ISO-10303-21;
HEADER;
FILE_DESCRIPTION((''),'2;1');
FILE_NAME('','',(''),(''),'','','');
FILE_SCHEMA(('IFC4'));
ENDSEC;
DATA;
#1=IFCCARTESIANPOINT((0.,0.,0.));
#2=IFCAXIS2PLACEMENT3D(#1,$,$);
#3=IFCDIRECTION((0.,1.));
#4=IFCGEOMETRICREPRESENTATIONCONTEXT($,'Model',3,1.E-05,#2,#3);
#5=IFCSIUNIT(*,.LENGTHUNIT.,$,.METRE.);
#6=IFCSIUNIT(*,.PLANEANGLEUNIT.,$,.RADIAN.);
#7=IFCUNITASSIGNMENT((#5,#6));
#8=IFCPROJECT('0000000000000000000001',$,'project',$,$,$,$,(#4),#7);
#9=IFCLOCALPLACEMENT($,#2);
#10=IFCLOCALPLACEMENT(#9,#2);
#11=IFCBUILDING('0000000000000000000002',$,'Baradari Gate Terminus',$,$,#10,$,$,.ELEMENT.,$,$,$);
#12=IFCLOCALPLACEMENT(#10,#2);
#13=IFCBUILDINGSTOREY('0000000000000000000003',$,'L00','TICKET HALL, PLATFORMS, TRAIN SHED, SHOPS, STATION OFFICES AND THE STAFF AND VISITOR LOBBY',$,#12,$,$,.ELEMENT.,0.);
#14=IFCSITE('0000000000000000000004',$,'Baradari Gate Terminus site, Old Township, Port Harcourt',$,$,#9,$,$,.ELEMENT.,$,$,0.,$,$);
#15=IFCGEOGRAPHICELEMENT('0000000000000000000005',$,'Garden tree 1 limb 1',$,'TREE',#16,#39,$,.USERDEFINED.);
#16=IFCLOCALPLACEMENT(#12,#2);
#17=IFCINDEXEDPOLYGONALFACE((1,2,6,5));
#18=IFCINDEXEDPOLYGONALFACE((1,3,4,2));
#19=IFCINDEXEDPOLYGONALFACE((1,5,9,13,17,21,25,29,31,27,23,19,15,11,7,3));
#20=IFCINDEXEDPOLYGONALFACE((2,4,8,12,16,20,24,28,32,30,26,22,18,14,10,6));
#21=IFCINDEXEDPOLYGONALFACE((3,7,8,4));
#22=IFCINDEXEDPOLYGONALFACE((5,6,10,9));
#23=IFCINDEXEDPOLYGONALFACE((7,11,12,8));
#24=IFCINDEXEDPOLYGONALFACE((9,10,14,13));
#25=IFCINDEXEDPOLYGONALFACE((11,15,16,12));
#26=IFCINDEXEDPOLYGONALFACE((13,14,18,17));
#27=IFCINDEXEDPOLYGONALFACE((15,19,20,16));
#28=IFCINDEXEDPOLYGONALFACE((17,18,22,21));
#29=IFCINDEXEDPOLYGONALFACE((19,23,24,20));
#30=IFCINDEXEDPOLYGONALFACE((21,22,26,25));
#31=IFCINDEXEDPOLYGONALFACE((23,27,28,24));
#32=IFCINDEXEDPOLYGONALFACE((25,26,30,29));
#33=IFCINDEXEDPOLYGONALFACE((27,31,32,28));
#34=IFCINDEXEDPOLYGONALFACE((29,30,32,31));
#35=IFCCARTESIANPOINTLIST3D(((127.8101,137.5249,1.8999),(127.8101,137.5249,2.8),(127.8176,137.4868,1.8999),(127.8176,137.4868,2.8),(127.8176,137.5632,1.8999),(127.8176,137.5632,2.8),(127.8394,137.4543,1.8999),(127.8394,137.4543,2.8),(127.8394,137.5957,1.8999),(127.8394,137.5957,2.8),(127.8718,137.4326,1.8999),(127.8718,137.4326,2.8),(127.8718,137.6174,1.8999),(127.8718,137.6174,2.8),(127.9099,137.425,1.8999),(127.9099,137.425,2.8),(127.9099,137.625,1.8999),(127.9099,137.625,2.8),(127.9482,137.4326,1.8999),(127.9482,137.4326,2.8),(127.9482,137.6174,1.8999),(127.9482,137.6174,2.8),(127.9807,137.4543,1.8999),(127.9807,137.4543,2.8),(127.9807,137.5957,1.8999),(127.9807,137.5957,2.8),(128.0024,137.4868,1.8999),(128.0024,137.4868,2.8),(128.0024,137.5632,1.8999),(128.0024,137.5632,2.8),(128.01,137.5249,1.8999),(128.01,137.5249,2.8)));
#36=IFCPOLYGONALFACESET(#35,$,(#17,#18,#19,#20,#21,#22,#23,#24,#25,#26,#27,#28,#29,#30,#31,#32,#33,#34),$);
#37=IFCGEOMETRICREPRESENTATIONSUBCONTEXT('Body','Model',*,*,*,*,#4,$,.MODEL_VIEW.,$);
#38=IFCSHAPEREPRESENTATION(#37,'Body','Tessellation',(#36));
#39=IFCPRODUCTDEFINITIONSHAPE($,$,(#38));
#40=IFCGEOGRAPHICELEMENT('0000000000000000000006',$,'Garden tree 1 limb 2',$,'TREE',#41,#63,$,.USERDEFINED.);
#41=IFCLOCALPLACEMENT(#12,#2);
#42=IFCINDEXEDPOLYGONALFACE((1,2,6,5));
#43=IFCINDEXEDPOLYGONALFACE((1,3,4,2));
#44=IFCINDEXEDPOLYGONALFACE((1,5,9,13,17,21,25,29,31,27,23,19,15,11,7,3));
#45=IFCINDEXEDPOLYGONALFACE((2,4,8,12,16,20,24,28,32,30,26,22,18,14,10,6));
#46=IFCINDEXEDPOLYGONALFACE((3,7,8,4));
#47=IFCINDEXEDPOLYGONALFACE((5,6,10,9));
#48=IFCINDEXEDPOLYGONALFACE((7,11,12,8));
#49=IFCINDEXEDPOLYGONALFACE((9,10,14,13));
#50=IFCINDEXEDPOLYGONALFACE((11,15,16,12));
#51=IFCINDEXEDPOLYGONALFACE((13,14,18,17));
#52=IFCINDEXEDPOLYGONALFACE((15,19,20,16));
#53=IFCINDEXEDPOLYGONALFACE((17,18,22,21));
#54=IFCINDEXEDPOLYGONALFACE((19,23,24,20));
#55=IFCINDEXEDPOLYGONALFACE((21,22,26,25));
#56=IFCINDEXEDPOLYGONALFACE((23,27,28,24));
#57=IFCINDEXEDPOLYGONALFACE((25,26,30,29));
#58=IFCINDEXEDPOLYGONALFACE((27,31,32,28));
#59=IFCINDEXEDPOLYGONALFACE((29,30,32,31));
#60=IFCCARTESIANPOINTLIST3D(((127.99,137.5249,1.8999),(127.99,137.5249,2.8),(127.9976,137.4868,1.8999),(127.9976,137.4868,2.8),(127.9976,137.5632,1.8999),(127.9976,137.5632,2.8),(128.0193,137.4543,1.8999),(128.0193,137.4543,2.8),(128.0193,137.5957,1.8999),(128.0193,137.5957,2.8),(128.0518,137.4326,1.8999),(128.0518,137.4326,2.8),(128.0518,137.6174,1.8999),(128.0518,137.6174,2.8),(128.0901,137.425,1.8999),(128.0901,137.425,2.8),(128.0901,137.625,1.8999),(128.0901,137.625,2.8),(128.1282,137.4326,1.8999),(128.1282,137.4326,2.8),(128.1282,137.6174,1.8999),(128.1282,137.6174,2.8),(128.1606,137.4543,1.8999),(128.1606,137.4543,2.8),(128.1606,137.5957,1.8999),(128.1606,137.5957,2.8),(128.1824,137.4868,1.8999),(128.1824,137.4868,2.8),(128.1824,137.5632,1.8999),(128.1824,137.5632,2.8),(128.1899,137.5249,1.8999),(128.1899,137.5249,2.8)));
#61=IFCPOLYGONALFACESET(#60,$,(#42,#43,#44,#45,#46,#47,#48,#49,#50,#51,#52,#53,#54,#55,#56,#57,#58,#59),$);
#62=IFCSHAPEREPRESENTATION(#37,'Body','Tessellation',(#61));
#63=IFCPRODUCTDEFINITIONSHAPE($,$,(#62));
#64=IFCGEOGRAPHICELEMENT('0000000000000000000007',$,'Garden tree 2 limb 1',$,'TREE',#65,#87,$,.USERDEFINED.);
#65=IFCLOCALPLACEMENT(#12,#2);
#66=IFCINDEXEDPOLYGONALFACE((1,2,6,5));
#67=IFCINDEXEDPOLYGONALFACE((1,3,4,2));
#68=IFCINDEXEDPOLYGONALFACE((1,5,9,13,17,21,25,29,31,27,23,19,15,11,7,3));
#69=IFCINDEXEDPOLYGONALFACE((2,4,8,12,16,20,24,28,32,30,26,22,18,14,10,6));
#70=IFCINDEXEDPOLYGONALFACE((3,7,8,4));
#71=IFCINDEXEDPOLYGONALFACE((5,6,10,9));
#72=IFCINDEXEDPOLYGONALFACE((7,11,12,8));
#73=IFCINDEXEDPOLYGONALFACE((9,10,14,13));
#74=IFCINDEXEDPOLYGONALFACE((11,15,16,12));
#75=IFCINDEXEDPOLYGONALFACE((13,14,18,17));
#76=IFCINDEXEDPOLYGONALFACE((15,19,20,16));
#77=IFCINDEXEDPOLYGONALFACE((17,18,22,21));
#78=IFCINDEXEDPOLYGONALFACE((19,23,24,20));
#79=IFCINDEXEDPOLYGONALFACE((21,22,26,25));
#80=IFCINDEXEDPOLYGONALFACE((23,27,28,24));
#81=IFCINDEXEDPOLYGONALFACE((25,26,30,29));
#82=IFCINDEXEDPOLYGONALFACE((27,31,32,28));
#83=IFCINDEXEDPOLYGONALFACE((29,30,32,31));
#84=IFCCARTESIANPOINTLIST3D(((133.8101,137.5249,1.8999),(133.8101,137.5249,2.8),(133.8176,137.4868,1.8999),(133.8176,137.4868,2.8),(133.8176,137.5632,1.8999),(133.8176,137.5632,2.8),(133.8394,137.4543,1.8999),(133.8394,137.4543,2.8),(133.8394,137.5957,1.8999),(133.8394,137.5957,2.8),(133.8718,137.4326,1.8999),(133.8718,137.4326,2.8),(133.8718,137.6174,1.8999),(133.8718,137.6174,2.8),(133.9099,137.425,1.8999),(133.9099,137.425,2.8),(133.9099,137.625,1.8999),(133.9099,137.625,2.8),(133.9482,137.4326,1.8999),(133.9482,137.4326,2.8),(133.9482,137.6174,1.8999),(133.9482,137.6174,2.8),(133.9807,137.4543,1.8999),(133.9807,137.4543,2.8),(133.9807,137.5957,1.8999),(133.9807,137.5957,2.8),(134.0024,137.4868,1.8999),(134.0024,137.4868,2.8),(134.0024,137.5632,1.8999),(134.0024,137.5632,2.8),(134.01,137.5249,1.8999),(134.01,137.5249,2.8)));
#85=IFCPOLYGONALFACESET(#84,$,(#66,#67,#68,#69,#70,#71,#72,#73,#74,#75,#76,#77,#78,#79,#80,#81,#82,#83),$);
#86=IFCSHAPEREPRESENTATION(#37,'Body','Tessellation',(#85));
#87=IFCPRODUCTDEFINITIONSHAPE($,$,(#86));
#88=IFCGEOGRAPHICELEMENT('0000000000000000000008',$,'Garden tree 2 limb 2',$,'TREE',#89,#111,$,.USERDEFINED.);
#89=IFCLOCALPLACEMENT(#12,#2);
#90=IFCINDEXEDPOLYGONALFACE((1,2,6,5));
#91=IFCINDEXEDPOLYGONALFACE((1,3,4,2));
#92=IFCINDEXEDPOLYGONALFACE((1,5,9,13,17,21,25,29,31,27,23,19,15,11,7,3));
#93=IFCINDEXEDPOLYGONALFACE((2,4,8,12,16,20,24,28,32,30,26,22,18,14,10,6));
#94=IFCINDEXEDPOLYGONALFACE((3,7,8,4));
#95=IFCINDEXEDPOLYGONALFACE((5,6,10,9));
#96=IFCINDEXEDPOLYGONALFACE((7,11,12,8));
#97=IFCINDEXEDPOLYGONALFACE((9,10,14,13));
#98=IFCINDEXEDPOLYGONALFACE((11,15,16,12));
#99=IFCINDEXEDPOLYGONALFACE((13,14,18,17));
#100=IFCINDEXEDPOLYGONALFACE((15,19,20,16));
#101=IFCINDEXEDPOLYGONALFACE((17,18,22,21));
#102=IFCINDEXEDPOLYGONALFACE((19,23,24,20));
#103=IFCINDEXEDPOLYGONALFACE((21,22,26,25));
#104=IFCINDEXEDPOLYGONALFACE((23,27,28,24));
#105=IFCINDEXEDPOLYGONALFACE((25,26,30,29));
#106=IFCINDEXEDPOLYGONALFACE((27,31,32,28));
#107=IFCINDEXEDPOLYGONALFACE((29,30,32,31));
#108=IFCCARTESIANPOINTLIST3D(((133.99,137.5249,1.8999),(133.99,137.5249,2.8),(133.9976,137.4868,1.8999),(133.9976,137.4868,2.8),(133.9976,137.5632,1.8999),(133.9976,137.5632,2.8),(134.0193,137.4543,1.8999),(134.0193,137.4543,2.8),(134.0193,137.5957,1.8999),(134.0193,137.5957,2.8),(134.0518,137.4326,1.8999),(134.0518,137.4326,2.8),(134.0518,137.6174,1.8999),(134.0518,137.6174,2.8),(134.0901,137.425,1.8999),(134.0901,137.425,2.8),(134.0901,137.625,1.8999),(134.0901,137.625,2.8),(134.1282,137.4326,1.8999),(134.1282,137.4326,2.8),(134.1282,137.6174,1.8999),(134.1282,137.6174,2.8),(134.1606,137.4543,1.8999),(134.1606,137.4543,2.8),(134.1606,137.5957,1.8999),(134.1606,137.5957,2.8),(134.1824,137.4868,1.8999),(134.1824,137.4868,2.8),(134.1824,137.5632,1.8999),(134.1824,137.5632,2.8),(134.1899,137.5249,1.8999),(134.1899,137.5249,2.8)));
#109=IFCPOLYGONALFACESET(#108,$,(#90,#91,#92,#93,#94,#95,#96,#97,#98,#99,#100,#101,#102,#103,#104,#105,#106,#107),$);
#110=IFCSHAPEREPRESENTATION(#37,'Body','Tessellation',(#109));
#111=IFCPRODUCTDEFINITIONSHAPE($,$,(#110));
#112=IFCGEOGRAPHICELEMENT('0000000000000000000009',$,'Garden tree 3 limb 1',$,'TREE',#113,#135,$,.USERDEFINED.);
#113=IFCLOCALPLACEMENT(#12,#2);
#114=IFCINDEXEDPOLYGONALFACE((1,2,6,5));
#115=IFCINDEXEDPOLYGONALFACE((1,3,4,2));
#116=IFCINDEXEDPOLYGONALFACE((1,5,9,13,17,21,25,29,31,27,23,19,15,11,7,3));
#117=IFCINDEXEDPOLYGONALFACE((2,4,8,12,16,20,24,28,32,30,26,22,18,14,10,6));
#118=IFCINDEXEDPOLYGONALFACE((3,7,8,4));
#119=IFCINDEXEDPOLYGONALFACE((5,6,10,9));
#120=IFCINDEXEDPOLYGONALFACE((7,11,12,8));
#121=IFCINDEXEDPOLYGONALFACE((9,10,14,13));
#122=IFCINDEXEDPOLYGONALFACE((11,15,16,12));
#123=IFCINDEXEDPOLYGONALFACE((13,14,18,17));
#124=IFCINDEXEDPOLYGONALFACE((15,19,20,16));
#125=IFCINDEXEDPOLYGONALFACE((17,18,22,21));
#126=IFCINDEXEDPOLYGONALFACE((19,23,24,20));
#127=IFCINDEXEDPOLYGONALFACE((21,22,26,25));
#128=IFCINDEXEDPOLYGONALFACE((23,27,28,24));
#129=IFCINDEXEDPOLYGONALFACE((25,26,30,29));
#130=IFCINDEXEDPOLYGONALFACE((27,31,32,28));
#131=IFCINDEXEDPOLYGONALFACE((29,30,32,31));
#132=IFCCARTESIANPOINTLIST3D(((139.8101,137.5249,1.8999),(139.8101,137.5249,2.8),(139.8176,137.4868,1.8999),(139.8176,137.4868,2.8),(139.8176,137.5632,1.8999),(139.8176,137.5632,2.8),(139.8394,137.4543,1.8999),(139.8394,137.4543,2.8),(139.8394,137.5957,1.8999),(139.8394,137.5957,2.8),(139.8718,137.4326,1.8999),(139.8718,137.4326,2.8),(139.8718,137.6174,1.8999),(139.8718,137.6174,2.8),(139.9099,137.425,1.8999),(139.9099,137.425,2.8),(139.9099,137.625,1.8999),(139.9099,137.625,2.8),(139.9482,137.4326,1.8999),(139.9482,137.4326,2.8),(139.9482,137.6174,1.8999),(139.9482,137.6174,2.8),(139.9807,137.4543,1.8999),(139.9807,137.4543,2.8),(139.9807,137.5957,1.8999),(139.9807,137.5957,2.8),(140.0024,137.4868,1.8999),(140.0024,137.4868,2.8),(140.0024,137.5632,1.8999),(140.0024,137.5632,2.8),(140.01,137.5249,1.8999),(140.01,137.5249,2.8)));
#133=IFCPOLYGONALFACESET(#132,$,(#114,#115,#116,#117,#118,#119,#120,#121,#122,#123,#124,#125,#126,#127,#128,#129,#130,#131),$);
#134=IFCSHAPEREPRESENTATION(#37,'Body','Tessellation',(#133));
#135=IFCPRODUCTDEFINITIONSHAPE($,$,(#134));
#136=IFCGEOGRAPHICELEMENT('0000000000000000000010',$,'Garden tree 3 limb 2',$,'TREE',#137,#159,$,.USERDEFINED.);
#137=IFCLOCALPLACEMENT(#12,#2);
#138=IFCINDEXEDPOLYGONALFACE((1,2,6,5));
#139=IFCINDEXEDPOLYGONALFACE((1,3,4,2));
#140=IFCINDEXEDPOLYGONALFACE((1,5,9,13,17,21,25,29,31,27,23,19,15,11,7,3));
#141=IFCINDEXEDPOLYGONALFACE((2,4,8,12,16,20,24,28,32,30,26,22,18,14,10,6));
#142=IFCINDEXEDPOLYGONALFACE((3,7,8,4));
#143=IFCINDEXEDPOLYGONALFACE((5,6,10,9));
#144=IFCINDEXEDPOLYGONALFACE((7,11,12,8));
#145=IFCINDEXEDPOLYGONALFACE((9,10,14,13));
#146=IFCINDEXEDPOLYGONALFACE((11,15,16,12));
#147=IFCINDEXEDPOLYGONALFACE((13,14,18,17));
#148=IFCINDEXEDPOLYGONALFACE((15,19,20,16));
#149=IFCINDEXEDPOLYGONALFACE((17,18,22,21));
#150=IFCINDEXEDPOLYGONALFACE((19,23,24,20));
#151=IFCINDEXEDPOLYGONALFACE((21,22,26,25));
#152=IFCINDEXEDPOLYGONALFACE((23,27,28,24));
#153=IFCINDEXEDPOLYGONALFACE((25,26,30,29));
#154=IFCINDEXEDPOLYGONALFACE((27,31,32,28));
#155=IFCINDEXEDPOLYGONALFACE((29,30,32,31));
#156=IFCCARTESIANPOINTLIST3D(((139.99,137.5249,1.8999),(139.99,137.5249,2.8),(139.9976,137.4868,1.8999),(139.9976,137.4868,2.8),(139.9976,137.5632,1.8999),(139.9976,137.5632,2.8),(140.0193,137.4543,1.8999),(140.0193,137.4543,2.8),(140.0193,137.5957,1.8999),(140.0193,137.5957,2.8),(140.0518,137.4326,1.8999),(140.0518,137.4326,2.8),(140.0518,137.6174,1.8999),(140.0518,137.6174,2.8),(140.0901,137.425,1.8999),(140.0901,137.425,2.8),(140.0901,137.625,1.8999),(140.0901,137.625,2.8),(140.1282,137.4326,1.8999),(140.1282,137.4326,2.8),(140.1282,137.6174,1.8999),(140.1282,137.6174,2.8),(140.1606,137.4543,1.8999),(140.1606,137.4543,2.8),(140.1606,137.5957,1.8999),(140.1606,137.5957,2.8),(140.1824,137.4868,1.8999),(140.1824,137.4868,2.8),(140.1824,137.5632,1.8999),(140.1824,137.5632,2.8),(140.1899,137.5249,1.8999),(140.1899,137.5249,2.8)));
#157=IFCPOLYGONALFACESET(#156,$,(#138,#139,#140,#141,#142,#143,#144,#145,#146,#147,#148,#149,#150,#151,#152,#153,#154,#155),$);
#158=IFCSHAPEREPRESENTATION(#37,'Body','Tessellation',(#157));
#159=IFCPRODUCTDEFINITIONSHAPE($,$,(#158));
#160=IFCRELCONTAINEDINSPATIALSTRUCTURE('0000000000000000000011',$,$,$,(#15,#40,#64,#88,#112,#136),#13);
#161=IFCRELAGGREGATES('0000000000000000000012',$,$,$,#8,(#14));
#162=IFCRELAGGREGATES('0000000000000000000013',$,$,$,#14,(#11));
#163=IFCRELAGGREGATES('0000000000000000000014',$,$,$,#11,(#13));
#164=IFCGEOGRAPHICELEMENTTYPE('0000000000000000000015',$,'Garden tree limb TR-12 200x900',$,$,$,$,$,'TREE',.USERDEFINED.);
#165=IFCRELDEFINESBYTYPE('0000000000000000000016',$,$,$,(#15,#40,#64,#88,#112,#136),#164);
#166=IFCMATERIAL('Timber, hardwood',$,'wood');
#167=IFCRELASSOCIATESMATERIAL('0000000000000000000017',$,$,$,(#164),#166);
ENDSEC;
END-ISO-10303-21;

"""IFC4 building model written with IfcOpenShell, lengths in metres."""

from ifc_helpers import new_model, si_unit, direction, frame, origin, place, context, subcontext, project, spatial, polyline, outline, extrude, material, type_object, element, save


model = new_model("IFC4")

# Units and contexts
model_context = context("Model", 3, precision=1e-05, world=origin(), true_north=direction((0.0, 1.0)))
body_context = subcontext(model_context, "Body", "Model", "MODEL_VIEW")
ifc_project = project(units=[si_unit("LENGTHUNIT", "METRE"), si_unit("PLANEANGLEUNIT", "RADIAN")], contexts=[model_context])

# Site, building, storey
site_placement = place(None, origin())
site = spatial("IfcSite", under=ifc_project, at=site_placement, Name="Baradari Gate Terminus site, Old Township, Port Harcourt", CompositionType="ELEMENT", RefElevation=0.0)
building_placement = place(site_placement, origin())
building = spatial("IfcBuilding", under=site, at=building_placement, Name="Baradari Gate Terminus", CompositionType="ELEMENT")
storey_placement = place(building_placement, origin())
storey = spatial("IfcBuildingStorey", under=building, at=storey_placement, Name="L00", Description="TICKET HALL, PLATFORMS, TRAIN SHED, SHOPS, STATION OFFICES AND THE STAFF AND VISITOR LOBBY", CompositionType="ELEMENT", Elevation=0.0)

# Geographic elements
ifc_material_1 = material(Name="Timber, hardwood", Category="wood")
geographic_element_type_1 = type_object("IfcGeographicElementType", Name="Garden tree limb TR-12 200x900", ElementType="TREE", PredefinedType="USERDEFINED", material=ifc_material_1)
geographic_element_1_placement = place(storey_placement, frame((0.0, 0.0, 1.8999)))
element("IfcGeographicElement", 1, at=geographic_element_1_placement, inside=storey, type_object=geographic_element_type_1, Name="Garden tree 1 limb 1", ObjectType="TREE", PredefinedType="USERDEFINED", context=body_context, shape_type="SweptSolid", body=[
    extrude(outline(polyline([(128.01, 137.5249), (128.0024, 137.5632), (127.9807, 137.5957), (127.9482, 137.6174), (127.9099, 137.625), (127.8718, 137.6174), (127.8394, 137.5957), (127.8176, 137.5632), (127.8101, 137.5249), (127.8176, 137.4868), (127.8394, 137.4543), (127.8718, 137.4326), (127.9099, 137.425), (127.9482, 137.4326), (127.9807, 137.4543), (128.0024, 137.4868), (128.01, 137.5249)])), origin(), (0.0, 0.0, 1.0), 0.9001),
])
geographic_element_2_placement = place(storey_placement, frame((0.0, 0.0, 1.8999)))
element("IfcGeographicElement", 2, at=geographic_element_2_placement, inside=storey, type_object=geographic_element_type_1, Name="Garden tree 1 limb 2", ObjectType="TREE", PredefinedType="USERDEFINED", context=body_context, shape_type="SweptSolid", body=[
    extrude(outline(polyline([(128.1899, 137.5249), (128.1824, 137.5632), (128.1606, 137.5957), (128.1282, 137.6174), (128.0901, 137.625), (128.0518, 137.6174), (128.0193, 137.5957), (127.9976, 137.5632), (127.99, 137.5249), (127.9976, 137.4868), (128.0193, 137.4543), (128.0518, 137.4326), (128.0901, 137.425), (128.1282, 137.4326), (128.1606, 137.4543), (128.1824, 137.4868), (128.1899, 137.5249)])), origin(), (0.0, 0.0, 1.0), 0.9001),
])
geographic_element_3_placement = place(storey_placement, frame((0.0, 0.0, 1.8999)))
element("IfcGeographicElement", 3, at=geographic_element_3_placement, inside=storey, type_object=geographic_element_type_1, Name="Garden tree 2 limb 1", ObjectType="TREE", PredefinedType="USERDEFINED", context=body_context, shape_type="SweptSolid", body=[
    extrude(outline(polyline([(134.01, 137.5249), (134.0024, 137.5632), (133.9807, 137.5957), (133.9482, 137.6174), (133.9099, 137.625), (133.8718, 137.6174), (133.8394, 137.5957), (133.8176, 137.5632), (133.8101, 137.5249), (133.8176, 137.4868), (133.8394, 137.4543), (133.8718, 137.4326), (133.9099, 137.425), (133.9482, 137.4326), (133.9807, 137.4543), (134.0024, 137.4868), (134.01, 137.5249)])), origin(), (0.0, 0.0, 1.0), 0.9001),
])
geographic_element_4_placement = place(storey_placement, frame((0.0, 0.0, 1.8999)))
element("IfcGeographicElement", 4, at=geographic_element_4_placement, inside=storey, type_object=geographic_element_type_1, Name="Garden tree 2 limb 2", ObjectType="TREE", PredefinedType="USERDEFINED", context=body_context, shape_type="SweptSolid", body=[
    extrude(outline(polyline([(134.1899, 137.5249), (134.1824, 137.5632), (134.1606, 137.5957), (134.1282, 137.6174), (134.0901, 137.625), (134.0518, 137.6174), (134.0193, 137.5957), (133.9976, 137.5632), (133.99, 137.5249), (133.9976, 137.4868), (134.0193, 137.4543), (134.0518, 137.4326), (134.0901, 137.425), (134.1282, 137.4326), (134.1606, 137.4543), (134.1824, 137.4868), (134.1899, 137.5249)])), origin(), (0.0, 0.0, 1.0), 0.9001),
])
geographic_element_5_placement = place(storey_placement, frame((0.0, 0.0, 1.8999)))
element("IfcGeographicElement", 5, at=geographic_element_5_placement, inside=storey, type_object=geographic_element_type_1, Name="Garden tree 3 limb 1", ObjectType="TREE", PredefinedType="USERDEFINED", context=body_context, shape_type="SweptSolid", body=[
    extrude(outline(polyline([(140.01, 137.5249), (140.0024, 137.5632), (139.9807, 137.5957), (139.9482, 137.6174), (139.9099, 137.625), (139.8718, 137.6174), (139.8394, 137.5957), (139.8176, 137.5632), (139.8101, 137.5249), (139.8176, 137.4868), (139.8394, 137.4543), (139.8718, 137.4326), (139.9099, 137.425), (139.9482, 137.4326), (139.9807, 137.4543), (140.0024, 137.4868), (140.01, 137.5249)])), origin(), (0.0, 0.0, 1.0), 0.9001),
])
geographic_element_6_placement = place(storey_placement, frame((0.0, 0.0, 1.8999)))
element("IfcGeographicElement", 6, at=geographic_element_6_placement, inside=storey, type_object=geographic_element_type_1, Name="Garden tree 3 limb 2", ObjectType="TREE", PredefinedType="USERDEFINED", context=body_context, shape_type="SweptSolid", body=[
    extrude(outline(polyline([(140.1899, 137.5249), (140.1824, 137.5632), (140.1606, 137.5957), (140.1282, 137.6174), (140.0901, 137.625), (140.0518, 137.6174), (140.0193, 137.5957), (139.9976, 137.5632), (139.99, 137.5249), (139.9976, 137.4868), (140.0193, 137.4543), (140.0518, 137.4326), (140.0901, 137.425), (140.1282, 137.4326), (140.1606, 137.4543), (140.1824, 137.4868), (140.1899, 137.5249)])), origin(), (0.0, 0.0, 1.0), 0.9001),
])

save(model, "model.ifc")
